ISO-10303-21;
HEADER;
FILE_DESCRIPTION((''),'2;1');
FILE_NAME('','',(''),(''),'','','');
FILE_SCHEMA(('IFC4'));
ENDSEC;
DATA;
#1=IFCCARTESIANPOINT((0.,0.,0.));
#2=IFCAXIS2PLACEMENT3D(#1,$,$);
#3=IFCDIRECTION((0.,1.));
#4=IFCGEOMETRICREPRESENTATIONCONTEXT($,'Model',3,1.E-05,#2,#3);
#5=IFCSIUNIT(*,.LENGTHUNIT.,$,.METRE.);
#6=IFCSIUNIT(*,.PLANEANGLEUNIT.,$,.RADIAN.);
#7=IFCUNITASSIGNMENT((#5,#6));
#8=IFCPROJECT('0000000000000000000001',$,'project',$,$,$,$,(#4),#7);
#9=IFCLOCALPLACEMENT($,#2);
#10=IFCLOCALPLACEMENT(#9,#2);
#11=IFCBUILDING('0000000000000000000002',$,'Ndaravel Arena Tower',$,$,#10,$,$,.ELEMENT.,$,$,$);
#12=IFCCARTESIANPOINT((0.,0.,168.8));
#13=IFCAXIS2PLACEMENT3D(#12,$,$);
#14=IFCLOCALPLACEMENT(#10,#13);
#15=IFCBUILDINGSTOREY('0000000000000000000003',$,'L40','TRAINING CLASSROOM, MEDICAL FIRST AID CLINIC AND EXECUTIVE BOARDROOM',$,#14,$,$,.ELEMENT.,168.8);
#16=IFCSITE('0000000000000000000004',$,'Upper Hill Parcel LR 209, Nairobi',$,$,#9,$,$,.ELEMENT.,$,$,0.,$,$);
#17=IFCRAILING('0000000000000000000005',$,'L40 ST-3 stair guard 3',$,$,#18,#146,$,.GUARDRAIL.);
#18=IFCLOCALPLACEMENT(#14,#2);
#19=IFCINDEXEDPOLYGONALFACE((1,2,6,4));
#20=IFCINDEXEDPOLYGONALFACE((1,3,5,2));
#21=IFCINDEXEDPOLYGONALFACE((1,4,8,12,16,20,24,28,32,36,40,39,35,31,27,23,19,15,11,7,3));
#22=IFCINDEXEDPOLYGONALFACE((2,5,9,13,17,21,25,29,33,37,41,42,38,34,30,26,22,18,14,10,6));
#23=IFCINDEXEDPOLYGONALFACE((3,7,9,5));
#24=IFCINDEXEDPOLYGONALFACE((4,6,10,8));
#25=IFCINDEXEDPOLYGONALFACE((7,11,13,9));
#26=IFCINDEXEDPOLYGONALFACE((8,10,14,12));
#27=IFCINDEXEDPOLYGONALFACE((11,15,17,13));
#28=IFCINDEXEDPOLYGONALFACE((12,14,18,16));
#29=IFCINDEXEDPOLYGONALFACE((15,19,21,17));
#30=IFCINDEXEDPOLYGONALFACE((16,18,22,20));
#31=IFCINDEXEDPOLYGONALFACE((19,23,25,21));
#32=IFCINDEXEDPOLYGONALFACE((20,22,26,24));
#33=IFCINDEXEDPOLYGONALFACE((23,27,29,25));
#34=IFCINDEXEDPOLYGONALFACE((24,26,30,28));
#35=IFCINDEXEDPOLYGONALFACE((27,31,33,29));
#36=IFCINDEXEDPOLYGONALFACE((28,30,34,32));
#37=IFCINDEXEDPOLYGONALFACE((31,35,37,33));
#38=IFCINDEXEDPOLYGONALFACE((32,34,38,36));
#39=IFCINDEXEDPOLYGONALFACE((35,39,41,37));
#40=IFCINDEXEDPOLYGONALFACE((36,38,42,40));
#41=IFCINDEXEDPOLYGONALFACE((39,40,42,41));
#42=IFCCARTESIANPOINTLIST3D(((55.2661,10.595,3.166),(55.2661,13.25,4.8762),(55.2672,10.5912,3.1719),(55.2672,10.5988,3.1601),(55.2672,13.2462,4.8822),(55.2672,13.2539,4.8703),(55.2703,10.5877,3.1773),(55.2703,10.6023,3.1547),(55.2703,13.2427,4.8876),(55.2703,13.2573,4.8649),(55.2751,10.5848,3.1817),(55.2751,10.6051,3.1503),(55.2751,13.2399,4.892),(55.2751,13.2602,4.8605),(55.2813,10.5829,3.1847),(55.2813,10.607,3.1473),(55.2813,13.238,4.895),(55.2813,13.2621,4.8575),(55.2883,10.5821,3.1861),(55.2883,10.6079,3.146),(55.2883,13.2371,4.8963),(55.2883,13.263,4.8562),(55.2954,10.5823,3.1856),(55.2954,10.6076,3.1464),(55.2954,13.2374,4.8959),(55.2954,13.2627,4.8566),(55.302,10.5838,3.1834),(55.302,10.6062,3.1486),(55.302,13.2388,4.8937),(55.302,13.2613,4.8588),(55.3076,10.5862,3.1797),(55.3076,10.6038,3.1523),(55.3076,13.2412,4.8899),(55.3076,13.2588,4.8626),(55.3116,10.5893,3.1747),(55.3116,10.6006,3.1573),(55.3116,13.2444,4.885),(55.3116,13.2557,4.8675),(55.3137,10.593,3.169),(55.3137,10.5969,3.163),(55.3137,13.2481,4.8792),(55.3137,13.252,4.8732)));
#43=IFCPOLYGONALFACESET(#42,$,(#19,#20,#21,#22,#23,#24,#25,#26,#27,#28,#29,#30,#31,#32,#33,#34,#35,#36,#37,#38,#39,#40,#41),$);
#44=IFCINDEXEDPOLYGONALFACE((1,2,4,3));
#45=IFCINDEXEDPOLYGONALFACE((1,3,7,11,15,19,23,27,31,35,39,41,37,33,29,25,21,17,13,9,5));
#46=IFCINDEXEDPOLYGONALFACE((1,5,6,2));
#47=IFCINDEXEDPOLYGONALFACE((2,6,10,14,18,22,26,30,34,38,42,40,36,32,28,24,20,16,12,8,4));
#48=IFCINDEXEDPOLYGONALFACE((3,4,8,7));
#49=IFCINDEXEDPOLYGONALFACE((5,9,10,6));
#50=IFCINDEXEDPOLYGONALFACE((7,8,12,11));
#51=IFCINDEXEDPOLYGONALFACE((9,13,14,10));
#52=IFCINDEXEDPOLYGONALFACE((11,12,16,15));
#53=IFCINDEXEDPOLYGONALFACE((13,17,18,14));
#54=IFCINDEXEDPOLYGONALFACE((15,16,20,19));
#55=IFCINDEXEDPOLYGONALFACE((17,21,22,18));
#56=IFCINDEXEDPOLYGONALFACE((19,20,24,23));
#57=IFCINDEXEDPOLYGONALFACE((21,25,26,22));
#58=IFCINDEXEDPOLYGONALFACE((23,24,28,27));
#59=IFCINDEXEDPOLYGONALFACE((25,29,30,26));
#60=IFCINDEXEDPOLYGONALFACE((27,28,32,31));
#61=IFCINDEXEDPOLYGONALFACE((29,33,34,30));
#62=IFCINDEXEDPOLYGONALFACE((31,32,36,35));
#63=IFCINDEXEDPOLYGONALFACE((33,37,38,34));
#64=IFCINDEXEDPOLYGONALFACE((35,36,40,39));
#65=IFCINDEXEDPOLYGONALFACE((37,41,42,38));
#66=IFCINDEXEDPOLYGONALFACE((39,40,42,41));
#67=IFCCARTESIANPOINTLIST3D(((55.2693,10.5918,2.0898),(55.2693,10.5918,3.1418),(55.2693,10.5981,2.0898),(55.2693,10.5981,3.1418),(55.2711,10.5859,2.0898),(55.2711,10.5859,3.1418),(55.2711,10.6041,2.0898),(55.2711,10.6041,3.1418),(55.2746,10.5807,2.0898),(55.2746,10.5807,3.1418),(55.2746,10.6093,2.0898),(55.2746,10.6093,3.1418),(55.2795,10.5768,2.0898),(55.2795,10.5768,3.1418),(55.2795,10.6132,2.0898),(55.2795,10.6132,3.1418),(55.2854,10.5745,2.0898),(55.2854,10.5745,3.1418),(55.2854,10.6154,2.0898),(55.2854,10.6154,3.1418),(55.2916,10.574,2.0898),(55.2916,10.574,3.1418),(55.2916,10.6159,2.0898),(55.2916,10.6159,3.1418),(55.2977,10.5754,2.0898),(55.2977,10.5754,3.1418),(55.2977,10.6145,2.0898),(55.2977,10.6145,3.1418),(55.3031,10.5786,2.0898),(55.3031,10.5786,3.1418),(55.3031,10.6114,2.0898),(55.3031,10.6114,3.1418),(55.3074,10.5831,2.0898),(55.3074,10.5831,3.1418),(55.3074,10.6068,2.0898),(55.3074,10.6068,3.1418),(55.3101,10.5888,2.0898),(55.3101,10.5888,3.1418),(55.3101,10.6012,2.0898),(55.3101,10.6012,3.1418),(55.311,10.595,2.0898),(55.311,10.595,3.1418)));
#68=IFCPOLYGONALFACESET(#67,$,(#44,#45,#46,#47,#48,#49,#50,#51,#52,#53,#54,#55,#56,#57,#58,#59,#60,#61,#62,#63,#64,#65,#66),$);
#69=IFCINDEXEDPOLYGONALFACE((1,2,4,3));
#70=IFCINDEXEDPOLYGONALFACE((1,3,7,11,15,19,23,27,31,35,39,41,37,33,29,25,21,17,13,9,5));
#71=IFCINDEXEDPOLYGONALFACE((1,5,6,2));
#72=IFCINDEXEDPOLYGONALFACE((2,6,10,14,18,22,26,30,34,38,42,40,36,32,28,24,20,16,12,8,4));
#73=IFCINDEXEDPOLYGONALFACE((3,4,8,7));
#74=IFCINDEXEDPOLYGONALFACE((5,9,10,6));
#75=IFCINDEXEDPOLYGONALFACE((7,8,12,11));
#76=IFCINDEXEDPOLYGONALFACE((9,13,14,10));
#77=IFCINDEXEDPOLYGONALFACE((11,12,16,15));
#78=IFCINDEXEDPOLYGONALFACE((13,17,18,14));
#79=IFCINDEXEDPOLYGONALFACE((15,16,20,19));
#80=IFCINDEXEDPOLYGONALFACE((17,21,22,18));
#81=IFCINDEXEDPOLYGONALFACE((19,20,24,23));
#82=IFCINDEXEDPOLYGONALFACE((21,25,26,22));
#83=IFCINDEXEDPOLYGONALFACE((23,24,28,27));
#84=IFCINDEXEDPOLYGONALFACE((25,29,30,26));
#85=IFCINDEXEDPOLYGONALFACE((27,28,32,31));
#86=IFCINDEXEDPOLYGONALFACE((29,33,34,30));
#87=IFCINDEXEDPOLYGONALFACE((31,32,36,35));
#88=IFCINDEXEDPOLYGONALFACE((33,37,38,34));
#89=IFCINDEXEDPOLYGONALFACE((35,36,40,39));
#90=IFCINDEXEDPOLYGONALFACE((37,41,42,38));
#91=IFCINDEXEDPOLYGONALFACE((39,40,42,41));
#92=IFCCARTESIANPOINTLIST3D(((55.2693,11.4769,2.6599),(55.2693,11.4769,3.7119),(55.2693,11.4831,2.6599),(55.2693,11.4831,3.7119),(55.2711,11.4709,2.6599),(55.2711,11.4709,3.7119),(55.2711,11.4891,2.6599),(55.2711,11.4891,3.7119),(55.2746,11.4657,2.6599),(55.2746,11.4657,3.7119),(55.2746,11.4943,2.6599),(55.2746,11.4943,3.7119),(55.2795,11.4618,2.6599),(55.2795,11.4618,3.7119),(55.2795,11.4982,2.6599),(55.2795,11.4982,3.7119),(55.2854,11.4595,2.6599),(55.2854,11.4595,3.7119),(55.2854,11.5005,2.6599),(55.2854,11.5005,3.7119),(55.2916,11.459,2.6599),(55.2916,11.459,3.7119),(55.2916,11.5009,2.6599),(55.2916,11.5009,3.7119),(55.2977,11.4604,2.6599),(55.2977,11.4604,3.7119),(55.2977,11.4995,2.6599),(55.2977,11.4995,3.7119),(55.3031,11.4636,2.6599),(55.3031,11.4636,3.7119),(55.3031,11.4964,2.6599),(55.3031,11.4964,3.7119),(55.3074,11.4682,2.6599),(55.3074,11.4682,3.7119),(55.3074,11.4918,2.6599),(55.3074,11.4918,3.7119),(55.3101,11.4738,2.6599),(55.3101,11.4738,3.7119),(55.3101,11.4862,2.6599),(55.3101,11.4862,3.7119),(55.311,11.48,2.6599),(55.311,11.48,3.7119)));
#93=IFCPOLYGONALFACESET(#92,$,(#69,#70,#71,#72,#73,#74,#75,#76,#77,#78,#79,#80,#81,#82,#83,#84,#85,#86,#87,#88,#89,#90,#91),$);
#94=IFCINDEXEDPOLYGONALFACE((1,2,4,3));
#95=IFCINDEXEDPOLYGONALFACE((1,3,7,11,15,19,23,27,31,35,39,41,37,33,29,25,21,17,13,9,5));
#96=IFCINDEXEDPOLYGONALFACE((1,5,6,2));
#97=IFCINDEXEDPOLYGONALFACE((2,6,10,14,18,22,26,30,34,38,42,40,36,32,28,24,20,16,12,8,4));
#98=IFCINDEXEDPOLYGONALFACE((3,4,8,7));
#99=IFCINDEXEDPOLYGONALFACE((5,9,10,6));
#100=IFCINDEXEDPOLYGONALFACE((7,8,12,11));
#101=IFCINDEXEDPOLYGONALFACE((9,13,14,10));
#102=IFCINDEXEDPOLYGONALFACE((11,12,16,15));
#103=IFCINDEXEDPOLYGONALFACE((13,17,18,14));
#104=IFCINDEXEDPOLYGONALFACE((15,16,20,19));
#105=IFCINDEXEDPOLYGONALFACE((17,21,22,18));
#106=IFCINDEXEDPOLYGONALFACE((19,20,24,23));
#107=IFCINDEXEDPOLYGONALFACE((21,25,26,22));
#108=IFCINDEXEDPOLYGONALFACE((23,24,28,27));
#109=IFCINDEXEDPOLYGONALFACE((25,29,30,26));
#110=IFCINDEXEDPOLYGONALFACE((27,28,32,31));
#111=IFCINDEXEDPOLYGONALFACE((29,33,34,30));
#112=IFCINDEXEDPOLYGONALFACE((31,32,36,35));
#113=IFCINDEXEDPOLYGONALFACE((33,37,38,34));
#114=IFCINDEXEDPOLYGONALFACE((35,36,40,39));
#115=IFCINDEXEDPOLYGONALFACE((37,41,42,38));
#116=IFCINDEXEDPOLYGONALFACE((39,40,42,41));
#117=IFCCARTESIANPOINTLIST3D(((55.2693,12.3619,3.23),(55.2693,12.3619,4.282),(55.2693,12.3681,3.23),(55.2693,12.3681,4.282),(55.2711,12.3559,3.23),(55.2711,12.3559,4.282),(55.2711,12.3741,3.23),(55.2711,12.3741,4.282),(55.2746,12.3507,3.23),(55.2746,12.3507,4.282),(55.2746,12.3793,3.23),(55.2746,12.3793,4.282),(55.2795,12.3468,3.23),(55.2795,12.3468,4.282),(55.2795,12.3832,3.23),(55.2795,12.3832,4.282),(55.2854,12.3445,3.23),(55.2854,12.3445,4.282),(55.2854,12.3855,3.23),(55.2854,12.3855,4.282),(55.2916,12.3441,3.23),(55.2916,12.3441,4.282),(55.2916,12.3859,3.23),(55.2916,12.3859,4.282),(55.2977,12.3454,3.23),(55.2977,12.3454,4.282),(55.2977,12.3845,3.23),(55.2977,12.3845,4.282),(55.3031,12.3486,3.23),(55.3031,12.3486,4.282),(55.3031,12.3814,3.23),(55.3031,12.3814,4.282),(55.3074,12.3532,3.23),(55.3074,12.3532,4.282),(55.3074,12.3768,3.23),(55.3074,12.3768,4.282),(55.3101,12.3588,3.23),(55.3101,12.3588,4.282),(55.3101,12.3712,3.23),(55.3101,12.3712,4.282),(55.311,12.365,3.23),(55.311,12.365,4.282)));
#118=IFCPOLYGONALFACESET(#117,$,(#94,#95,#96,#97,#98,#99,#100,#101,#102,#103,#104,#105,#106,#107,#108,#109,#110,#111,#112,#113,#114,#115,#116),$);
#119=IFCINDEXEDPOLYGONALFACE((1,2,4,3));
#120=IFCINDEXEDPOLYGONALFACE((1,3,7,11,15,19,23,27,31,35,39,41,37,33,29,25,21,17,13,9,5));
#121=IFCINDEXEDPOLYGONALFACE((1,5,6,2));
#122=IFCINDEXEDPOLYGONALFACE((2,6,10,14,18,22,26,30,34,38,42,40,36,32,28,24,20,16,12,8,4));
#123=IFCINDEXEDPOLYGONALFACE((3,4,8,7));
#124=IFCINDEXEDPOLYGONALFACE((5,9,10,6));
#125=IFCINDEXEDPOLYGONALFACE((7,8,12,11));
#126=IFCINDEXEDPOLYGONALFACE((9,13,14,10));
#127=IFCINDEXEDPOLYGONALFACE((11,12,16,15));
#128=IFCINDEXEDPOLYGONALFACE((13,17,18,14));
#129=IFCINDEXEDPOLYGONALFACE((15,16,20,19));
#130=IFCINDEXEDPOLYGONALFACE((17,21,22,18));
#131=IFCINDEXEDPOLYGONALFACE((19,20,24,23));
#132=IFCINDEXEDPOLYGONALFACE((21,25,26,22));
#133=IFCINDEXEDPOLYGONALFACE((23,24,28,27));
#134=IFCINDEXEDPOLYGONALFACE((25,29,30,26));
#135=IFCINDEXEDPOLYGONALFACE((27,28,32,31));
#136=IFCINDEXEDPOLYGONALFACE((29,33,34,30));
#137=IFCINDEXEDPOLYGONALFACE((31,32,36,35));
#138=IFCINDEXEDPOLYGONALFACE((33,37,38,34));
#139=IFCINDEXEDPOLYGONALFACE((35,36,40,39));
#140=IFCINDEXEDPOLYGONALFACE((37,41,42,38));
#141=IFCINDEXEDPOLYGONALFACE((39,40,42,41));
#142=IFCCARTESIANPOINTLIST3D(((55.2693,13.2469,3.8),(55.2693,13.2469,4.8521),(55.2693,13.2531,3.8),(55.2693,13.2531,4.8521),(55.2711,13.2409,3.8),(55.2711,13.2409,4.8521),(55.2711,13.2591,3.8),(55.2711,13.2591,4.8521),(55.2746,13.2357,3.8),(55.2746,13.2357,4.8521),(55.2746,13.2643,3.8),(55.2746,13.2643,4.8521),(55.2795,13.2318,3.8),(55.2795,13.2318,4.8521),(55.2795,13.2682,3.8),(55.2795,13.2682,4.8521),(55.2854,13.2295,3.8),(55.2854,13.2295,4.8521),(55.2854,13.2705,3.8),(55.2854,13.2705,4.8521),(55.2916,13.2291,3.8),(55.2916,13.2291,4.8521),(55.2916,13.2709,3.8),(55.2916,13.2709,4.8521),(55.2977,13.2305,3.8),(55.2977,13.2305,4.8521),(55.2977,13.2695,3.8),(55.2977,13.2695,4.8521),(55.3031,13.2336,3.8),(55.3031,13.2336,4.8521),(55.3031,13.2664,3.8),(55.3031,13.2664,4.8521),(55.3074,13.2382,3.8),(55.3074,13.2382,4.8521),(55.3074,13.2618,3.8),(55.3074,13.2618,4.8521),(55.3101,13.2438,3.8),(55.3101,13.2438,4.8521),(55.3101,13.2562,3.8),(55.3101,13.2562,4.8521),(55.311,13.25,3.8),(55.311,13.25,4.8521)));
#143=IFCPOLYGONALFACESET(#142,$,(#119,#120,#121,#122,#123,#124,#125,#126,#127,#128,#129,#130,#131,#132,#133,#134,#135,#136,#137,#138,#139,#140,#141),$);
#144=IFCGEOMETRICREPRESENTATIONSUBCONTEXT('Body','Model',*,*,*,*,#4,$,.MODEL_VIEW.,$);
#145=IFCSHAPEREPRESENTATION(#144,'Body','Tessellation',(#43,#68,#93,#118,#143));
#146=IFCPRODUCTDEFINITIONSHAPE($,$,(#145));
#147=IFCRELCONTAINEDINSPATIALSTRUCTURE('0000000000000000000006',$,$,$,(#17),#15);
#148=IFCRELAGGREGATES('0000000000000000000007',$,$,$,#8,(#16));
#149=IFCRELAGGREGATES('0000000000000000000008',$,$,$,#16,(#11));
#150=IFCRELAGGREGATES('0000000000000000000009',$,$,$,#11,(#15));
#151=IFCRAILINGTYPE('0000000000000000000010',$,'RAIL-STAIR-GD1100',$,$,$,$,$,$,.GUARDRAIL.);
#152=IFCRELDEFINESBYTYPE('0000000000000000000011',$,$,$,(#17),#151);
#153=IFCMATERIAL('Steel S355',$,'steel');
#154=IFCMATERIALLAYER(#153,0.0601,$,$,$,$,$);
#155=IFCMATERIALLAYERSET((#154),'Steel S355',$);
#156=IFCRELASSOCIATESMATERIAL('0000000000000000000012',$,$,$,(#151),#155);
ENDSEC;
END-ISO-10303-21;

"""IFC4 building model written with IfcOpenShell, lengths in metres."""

from ifc_helpers import new_model, si_unit, direction, frame, origin, origin_2d, place, context, subcontext, project, spatial, circle, extrude, material, layer, layer_set, type_object, element, save


model = new_model("IFC4")

# Units and contexts
model_context = context("Model", 3, precision=1e-05, world=origin(), true_north=direction((0.0, 1.0)))
body_context = subcontext(model_context, "Body", "Model", "MODEL_VIEW")
ifc_project = project(units=[si_unit("LENGTHUNIT", "METRE"), si_unit("PLANEANGLEUNIT", "RADIAN")], contexts=[model_context])

# Site, building, storey
site_placement = place(None, origin())
site = spatial("IfcSite", under=ifc_project, at=site_placement, Name="Upper Hill Parcel LR 209, Nairobi", CompositionType="ELEMENT", RefElevation=0.0)
building_placement = place(site_placement, origin())
building = spatial("IfcBuilding", under=site, at=building_placement, Name="Ndaravel Arena Tower", CompositionType="ELEMENT")
storey_placement = place(building_placement, frame((0.0, 0.0, 168.8)))
storey = spatial("IfcBuildingStorey", under=building, at=storey_placement, Name="L40", Description="TRAINING CLASSROOM, MEDICAL FIRST AID CLINIC AND EXECUTIVE BOARDROOM", CompositionType="ELEMENT", Elevation=168.8)

# Railing
ifc_material_1 = material(Name="Steel S355", Category="steel")
ifc_layer_1 = layer(ifc_material_1, 0.0601)
ifc_layer_set_1 = layer_set([ifc_layer_1], Name="Steel S355")
railing_type_1 = type_object("IfcRailingType", Name="RAIL-STAIR-GD1100", PredefinedType="GUARDRAIL", material=ifc_layer_set_1)
railing_1_placement = place(storey_placement, frame((55.29, 10.595, 2.0898)))
element("IfcRailing", 1, at=railing_1_placement, inside=storey, type_object=railing_type_1, Name="L40 ST-3 stair guard 3", PredefinedType="GUARDRAIL", context=body_context, shape_type="SweptSolid", body=[
    extrude(circle(Radius=0.0239, at=origin_2d()), frame((0.0, 0.0, 1.0762), z_axis=(0.0, 0.840688, 0.541519), x_axis=(-1.0, 0.0, 0.0)), (0.0, 0.0, 1.0), 3.1582),
    extrude(circle(Radius=0.021, at=origin_2d()), origin(), (0.0, 0.0, 1.0), 1.052),
    extrude(circle(Radius=0.021, at=origin_2d()), frame((0.0, 0.885, 0.5701)), (0.0, 0.0, 1.0), 1.052),
    extrude(circle(Radius=0.021, at=origin_2d()), frame((0.0, 1.77, 1.1401)), (0.0, 0.0, 1.0), 1.052),
    extrude(circle(Radius=0.021, at=origin_2d()), frame((0.0, 2.655, 1.7102)), (0.0, 0.0, 1.0), 1.052),
])

save(model, "model.ifc")
